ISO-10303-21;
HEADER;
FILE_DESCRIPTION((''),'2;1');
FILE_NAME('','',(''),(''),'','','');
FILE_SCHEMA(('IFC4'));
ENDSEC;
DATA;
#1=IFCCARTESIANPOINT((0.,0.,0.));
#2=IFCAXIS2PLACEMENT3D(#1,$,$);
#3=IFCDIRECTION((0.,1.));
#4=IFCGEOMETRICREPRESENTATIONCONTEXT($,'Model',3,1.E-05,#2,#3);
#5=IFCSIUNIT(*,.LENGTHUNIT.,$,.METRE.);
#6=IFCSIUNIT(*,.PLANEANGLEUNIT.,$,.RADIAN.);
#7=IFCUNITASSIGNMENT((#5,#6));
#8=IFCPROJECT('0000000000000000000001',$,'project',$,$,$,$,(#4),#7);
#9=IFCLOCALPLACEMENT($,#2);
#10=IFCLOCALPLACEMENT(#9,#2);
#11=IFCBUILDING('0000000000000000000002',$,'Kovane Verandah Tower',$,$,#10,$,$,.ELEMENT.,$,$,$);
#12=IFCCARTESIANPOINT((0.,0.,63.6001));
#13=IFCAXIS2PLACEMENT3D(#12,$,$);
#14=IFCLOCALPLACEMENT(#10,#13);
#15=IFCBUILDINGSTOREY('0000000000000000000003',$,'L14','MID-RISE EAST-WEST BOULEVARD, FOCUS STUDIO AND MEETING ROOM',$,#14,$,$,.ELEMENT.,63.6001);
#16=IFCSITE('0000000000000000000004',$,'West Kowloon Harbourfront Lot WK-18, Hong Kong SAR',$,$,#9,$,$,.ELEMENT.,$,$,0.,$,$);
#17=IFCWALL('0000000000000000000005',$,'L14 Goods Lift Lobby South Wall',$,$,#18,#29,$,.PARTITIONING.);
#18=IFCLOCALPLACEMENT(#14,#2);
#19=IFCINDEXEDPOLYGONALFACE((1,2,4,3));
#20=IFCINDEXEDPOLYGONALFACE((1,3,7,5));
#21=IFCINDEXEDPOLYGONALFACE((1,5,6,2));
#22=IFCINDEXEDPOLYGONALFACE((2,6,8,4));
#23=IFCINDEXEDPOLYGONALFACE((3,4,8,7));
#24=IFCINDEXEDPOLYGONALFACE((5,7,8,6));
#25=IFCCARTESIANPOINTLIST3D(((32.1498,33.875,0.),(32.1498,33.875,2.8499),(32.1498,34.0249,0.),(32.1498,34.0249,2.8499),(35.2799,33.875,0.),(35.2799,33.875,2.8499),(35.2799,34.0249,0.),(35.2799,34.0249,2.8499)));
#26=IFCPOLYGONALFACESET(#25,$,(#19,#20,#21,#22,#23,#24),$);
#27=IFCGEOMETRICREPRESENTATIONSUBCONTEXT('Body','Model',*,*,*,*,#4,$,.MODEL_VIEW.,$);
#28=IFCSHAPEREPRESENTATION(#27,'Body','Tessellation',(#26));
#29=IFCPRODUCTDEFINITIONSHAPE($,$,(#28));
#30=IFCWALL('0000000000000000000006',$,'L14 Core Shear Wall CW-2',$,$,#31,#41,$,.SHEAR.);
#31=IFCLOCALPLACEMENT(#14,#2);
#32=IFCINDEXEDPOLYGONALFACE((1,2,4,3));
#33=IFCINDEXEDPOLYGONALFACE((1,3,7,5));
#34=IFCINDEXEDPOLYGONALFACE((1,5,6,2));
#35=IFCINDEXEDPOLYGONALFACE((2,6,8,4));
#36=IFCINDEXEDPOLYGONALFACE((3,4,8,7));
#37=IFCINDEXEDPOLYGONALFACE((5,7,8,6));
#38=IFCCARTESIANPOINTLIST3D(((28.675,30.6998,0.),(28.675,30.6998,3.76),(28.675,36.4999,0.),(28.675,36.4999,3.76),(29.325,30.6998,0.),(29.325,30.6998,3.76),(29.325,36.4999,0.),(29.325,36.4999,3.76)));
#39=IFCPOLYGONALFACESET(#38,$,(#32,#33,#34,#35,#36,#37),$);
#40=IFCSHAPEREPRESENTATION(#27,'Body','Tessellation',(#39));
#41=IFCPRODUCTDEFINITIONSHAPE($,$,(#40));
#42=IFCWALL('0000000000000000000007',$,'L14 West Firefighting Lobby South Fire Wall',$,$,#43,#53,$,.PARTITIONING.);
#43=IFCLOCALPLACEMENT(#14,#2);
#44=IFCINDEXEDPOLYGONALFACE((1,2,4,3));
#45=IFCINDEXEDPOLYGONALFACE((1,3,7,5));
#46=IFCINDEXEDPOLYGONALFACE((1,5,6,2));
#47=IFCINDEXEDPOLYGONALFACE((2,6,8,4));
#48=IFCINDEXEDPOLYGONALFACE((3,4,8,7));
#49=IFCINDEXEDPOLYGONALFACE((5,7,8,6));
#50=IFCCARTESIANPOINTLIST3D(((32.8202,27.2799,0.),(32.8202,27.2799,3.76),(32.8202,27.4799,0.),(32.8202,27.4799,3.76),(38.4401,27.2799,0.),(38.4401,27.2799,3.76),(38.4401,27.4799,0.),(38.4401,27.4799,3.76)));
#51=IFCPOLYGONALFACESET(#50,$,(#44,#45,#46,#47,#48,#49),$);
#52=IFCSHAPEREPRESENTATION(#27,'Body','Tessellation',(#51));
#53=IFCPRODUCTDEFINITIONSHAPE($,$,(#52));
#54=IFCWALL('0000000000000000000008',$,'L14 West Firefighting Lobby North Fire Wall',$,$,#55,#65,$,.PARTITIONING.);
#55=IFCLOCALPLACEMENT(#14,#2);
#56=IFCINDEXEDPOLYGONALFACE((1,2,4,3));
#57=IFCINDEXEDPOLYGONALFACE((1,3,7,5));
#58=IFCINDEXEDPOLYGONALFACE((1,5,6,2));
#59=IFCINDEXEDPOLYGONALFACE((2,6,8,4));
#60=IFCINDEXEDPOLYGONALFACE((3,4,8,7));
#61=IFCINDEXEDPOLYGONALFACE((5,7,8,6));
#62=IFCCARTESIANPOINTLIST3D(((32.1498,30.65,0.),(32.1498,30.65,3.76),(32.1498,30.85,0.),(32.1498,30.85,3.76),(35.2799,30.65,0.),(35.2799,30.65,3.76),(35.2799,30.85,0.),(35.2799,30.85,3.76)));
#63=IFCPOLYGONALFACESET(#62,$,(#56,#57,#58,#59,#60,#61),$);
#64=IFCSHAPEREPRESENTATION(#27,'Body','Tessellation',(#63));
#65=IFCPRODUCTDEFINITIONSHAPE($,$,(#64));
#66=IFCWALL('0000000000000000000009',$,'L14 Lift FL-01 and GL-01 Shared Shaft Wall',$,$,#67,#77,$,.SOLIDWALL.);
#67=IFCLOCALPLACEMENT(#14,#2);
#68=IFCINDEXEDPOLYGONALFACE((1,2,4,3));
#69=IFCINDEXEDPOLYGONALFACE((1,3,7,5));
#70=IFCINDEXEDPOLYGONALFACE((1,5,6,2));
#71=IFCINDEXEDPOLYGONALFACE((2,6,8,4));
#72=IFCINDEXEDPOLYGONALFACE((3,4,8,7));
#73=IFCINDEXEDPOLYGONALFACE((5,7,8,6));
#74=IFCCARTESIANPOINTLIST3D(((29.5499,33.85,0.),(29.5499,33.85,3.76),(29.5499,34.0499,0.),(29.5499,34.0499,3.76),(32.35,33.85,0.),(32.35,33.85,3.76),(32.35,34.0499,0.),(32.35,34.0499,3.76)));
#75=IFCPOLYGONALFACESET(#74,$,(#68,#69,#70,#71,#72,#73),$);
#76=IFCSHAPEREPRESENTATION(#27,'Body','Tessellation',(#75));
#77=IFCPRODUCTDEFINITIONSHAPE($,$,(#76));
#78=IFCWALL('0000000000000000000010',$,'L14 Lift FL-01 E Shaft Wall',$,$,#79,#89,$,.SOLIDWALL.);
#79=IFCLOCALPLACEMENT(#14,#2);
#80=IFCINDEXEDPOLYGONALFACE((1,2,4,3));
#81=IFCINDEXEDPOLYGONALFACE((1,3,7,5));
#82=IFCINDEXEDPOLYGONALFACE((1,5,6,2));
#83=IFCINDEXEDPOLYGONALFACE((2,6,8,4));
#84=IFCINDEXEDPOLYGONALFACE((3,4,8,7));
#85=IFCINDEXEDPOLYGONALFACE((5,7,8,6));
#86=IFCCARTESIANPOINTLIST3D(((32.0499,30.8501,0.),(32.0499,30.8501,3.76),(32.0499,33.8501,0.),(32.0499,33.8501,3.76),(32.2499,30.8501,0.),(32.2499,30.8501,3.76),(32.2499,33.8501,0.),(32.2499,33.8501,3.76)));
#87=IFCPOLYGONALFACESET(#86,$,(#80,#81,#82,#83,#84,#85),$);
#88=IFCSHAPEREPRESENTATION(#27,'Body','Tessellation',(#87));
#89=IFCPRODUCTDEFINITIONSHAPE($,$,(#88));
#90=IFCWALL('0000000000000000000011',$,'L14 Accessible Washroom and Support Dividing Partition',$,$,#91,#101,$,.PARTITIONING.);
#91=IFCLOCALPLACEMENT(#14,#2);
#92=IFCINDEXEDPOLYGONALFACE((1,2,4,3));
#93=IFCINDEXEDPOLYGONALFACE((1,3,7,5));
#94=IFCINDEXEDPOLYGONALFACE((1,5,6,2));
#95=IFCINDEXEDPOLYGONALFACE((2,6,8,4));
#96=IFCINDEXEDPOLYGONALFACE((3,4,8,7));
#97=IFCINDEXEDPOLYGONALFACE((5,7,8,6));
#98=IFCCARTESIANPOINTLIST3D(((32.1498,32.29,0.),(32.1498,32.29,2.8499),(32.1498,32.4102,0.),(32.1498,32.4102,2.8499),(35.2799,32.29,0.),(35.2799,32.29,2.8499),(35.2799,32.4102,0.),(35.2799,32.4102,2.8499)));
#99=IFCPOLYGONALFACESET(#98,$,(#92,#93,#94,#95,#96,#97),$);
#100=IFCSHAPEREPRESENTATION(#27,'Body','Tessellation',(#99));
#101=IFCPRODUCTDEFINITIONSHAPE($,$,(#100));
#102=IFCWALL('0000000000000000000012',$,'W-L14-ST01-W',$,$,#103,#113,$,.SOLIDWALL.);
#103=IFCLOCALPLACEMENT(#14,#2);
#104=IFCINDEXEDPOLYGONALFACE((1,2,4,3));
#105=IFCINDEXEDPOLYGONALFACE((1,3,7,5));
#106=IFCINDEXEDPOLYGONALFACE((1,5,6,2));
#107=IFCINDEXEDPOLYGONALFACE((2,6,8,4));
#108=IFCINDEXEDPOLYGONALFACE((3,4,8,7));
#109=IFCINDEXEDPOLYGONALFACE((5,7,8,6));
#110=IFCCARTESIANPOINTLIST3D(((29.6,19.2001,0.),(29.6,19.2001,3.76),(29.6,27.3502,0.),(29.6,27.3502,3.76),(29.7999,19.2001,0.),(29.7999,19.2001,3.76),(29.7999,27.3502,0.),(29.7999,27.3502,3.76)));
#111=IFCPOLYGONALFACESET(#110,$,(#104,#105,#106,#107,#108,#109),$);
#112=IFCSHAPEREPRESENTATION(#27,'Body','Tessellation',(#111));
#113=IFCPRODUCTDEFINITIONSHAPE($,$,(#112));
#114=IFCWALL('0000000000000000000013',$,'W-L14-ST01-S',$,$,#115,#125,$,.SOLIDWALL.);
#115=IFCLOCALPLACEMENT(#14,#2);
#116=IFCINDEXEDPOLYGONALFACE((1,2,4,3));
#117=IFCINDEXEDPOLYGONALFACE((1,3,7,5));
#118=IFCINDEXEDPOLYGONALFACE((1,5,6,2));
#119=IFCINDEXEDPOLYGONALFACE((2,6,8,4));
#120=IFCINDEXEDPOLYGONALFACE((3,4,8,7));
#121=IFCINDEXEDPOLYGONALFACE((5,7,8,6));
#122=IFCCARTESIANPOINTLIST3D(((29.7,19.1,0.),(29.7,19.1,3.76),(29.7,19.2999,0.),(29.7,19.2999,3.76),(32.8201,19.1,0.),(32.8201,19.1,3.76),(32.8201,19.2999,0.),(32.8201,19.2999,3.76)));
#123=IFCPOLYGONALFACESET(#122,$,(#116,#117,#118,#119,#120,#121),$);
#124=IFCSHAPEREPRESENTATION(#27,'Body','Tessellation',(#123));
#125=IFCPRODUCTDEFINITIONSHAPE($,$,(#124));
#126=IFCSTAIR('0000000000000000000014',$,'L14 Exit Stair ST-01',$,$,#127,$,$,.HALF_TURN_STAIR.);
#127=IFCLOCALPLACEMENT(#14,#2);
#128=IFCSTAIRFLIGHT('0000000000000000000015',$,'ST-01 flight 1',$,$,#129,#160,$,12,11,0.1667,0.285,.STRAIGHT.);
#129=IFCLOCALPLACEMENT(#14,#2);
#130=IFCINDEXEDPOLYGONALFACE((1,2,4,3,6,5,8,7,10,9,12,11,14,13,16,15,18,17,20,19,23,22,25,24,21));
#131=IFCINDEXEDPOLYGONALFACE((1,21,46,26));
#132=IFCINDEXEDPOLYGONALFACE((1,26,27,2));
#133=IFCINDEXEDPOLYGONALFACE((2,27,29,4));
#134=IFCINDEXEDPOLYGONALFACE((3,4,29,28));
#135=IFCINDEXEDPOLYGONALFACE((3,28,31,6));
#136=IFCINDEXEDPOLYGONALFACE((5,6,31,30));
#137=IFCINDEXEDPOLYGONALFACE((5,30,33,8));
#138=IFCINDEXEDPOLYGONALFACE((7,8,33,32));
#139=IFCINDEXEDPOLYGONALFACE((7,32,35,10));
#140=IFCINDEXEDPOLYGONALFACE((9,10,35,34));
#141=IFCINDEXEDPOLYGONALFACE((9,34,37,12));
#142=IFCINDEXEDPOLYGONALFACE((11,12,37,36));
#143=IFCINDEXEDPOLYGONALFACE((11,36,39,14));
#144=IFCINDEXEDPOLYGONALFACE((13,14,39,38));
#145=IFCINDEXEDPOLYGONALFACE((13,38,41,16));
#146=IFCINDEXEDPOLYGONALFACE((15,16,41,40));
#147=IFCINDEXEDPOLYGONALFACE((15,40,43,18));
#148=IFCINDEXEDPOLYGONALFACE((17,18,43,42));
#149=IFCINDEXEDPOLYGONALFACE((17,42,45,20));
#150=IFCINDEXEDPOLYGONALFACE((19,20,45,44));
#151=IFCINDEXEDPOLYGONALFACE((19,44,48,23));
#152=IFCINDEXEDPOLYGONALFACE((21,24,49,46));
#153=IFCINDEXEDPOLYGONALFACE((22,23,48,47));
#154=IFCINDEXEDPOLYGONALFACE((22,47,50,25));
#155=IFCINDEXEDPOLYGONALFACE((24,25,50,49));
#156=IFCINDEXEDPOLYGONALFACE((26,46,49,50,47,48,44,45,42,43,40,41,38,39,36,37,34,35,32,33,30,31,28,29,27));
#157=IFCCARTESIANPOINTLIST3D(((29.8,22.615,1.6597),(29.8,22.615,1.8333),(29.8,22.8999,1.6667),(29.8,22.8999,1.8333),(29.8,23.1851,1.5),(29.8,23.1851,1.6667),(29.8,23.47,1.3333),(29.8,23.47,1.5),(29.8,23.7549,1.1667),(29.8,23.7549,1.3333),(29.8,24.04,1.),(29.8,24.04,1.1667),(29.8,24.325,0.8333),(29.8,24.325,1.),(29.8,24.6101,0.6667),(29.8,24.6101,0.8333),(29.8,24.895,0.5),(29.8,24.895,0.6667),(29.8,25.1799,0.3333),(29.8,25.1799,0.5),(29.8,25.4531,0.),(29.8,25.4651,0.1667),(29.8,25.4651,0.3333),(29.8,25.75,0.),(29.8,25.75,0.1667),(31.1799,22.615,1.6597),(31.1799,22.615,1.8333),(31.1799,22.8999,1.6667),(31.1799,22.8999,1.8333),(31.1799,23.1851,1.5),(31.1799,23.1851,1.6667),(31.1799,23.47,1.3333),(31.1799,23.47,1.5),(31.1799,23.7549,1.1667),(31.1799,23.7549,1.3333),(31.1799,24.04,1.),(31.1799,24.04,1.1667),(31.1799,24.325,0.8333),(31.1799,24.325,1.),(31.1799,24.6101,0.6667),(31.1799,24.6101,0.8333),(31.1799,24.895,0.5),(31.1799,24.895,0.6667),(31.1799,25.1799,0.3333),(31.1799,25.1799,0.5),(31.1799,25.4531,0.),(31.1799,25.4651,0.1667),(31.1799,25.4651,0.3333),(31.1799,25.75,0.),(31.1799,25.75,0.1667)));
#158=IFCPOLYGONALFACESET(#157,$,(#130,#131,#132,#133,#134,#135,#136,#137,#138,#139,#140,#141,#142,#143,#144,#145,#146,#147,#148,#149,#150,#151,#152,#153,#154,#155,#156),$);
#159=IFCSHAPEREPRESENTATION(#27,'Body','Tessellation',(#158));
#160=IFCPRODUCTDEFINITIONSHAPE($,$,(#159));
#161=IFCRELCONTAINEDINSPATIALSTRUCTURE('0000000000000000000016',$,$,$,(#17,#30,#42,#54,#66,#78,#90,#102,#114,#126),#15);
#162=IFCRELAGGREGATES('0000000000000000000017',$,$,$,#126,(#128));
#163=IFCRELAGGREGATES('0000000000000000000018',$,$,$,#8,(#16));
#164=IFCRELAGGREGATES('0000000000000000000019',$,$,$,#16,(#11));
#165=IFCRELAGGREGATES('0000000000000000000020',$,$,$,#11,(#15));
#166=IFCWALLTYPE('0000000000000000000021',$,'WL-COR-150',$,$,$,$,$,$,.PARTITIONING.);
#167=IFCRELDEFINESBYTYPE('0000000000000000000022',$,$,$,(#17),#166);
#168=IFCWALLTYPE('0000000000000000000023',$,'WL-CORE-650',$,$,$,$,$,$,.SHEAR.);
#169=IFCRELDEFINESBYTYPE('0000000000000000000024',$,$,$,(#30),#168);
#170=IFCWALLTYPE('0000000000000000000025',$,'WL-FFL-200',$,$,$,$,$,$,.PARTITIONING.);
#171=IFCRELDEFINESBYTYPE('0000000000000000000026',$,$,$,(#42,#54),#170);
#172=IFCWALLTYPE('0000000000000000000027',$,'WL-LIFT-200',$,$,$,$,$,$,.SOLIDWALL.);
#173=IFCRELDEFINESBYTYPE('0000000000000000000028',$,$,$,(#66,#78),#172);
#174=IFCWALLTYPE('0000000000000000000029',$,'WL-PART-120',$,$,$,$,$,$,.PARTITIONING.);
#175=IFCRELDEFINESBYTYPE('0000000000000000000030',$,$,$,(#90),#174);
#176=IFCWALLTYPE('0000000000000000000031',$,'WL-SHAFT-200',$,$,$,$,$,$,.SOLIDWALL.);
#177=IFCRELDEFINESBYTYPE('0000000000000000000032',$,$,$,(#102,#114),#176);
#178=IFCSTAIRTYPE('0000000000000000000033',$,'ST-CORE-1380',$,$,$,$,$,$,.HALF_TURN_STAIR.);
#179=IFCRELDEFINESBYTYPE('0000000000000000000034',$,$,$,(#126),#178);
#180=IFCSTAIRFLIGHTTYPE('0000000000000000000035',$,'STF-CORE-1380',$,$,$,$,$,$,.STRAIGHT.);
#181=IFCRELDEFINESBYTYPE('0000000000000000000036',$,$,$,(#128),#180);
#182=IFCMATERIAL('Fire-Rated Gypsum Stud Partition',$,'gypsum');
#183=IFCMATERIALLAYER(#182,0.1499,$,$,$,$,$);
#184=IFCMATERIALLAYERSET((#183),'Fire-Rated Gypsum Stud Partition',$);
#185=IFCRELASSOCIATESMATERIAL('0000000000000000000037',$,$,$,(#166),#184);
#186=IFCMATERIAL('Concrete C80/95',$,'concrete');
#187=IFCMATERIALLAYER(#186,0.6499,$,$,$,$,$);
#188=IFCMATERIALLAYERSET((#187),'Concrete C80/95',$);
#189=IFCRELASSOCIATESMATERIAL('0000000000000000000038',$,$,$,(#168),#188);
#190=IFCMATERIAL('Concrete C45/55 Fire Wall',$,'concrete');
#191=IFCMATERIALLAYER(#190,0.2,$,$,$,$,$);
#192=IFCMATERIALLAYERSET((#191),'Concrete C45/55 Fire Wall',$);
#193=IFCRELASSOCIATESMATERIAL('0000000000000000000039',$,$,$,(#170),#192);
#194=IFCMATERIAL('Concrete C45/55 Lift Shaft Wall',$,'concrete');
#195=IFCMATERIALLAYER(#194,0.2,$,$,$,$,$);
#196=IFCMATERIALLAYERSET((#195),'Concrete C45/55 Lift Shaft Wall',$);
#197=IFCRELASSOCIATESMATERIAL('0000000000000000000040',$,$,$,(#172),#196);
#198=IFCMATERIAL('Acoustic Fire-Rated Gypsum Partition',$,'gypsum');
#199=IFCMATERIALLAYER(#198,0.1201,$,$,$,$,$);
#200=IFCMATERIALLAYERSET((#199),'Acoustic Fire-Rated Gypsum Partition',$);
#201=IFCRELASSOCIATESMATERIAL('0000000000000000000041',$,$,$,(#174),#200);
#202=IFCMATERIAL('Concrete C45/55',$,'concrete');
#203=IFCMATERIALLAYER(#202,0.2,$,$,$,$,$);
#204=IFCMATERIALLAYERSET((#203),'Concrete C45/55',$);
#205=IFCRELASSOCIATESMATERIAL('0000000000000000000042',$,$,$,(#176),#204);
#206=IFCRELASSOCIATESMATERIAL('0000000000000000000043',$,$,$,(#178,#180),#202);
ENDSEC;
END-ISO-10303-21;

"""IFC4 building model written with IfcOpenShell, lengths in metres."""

from ifc_helpers import new_model, si_unit, direction, frame, frame_2d, origin, place, context, subcontext, project, spatial, polyline, rectangle, outline, extrude, material, layer, layer_set, type_object, element, aggregate, save


model = new_model("IFC4")

# Units and contexts
model_context = context("Model", 3, precision=1e-05, world=origin(), true_north=direction((0.0, 1.0)))
body_context = subcontext(model_context, "Body", "Model", "MODEL_VIEW")
ifc_project = project(units=[si_unit("LENGTHUNIT", "METRE"), si_unit("PLANEANGLEUNIT", "RADIAN")], contexts=[model_context])

# Site, building, storey
site_placement = place(None, origin())
site = spatial("IfcSite", under=ifc_project, at=site_placement, Name="West Kowloon Harbourfront Lot WK-18, Hong Kong SAR", CompositionType="ELEMENT", RefElevation=0.0)
building_placement = place(site_placement, origin())
building = spatial("IfcBuilding", under=site, at=building_placement, Name="Kovane Verandah Tower", CompositionType="ELEMENT")
storey_placement = place(building_placement, frame((0.0, 0.0, 63.6001)))
storey = spatial("IfcBuildingStorey", under=building, at=storey_placement, Name="L14", Description="MID-RISE EAST-WEST BOULEVARD, FOCUS STUDIO AND MEETING ROOM", CompositionType="ELEMENT", Elevation=63.6001)

# Walls
ifc_material_1 = material(Name="Fire-Rated Gypsum Stud Partition", Category="gypsum")
ifc_layer_1 = layer(ifc_material_1, 0.1499)
ifc_layer_set_1 = layer_set([ifc_layer_1], Name="Fire-Rated Gypsum Stud Partition")
wall_type_1 = type_object("IfcWallType", Name="WL-COR-150", PredefinedType="PARTITIONING", material=ifc_layer_set_1)
wall_1_placement = place(storey_placement, frame((32.1499, 33.95, 0.0), z_axis=(0.0, 0.0, 1.0), x_axis=(1.0, 0.0, 0.0)))
element("IfcWall", 1, at=wall_1_placement, inside=storey, type_object=wall_type_1, Name="L14 Goods Lift Lobby South Wall", PredefinedType="PARTITIONING", context=body_context, shape_type="SweptSolid", body=[
    extrude(rectangle(XDim=3.1301, YDim=0.1499, at=frame_2d((1.5649, 0.0))), origin(), (0.0, 0.0, 1.0), 2.8499),
])
ifc_material_2 = material(Name="Concrete C80/95", Category="concrete")
ifc_layer_2 = layer(ifc_material_2, 0.6499)
ifc_layer_set_2 = layer_set([ifc_layer_2], Name="Concrete C80/95")
wall_type_2 = type_object("IfcWallType", Name="WL-CORE-650", PredefinedType="SHEAR", material=ifc_layer_set_2)
wall_2_placement = place(storey_placement, frame((29.0, 30.7, 0.0), z_axis=(0.0, 0.0, 1.0), x_axis=(0.0, 1.0, 0.0)))
element("IfcWall", 2, at=wall_2_placement, inside=storey, type_object=wall_type_2, Name="L14 Core Shear Wall CW-2", PredefinedType="SHEAR", context=body_context, shape_type="SweptSolid", body=[
    extrude(rectangle(XDim=5.8, YDim=0.6499, at=frame_2d((2.8999, 0.0))), origin(), (0.0, 0.0, 1.0), 3.76),
])
ifc_material_3 = material(Name="Concrete C45/55 Fire Wall", Category="concrete")
ifc_layer_3 = layer(ifc_material_3, 0.2)
ifc_layer_set_3 = layer_set([ifc_layer_3], Name="Concrete C45/55 Fire Wall")
wall_type_3 = type_object("IfcWallType", Name="WL-FFL-200", PredefinedType="PARTITIONING", material=ifc_layer_set_3)
wall_3_placement = place(storey_placement, frame((32.8201, 27.3799, 0.0), z_axis=(0.0, 0.0, 1.0), x_axis=(1.0, 0.0, 0.0)))
element("IfcWall", 3, at=wall_3_placement, inside=storey, type_object=wall_type_3, Name="L14 West Firefighting Lobby South Fire Wall", PredefinedType="PARTITIONING", context=body_context, shape_type="SweptSolid", body=[
    extrude(rectangle(XDim=5.6199, YDim=0.2, at=frame_2d((2.8101, 0.0))), origin(), (0.0, 0.0, 1.0), 3.76),
])
wall_4_placement = place(storey_placement, frame((32.1499, 30.75, 0.0), z_axis=(0.0, 0.0, 1.0), x_axis=(1.0, 0.0, 0.0)))
element("IfcWall", 4, at=wall_4_placement, inside=storey, type_object=wall_type_3, Name="L14 West Firefighting Lobby North Fire Wall", PredefinedType="PARTITIONING", context=body_context, shape_type="SweptSolid", body=[
    extrude(rectangle(XDim=3.1301, YDim=0.2, at=frame_2d((1.5649, 0.0))), origin(), (0.0, 0.0, 1.0), 3.76),
])

# Shared definitions
ifc_material_4 = material(Name="Concrete C45/55 Lift Shaft Wall", Category="concrete")
ifc_layer_4 = layer(ifc_material_4, 0.2)
ifc_layer_set_4 = layer_set([ifc_layer_4], Name="Concrete C45/55 Lift Shaft Wall")
wall_type_4 = type_object("IfcWallType", Name="WL-LIFT-200", PredefinedType="SOLIDWALL", material=ifc_layer_set_4)

# Walls
wall_5_placement = place(storey_placement, frame((29.55, 33.95, 0.0), z_axis=(0.0, 0.0, 1.0), x_axis=(1.0, 0.0, 0.0)))
element("IfcWall", 5, at=wall_5_placement, inside=storey, type_object=wall_type_4, Name="L14 Lift FL-01 and GL-01 Shared Shaft Wall", PredefinedType="SOLIDWALL", context=body_context, shape_type="SweptSolid", body=[
    extrude(rectangle(XDim=2.8, YDim=0.2, at=frame_2d((1.3999, 0.0))), origin(), (0.0, 0.0, 1.0), 3.76),
])
wall_6_placement = place(storey_placement, frame((32.1499, 30.8501, 0.0), z_axis=(0.0, 0.0, 1.0), x_axis=(0.0, 1.0, 0.0)))
element("IfcWall", 6, at=wall_6_placement, inside=storey, type_object=wall_type_4, Name="L14 Lift FL-01 E Shaft Wall", PredefinedType="SOLIDWALL", context=body_context, shape_type="SweptSolid", body=[
    extrude(rectangle(XDim=3.0, YDim=0.2, at=frame_2d((1.5, 0.0))), origin(), (0.0, 0.0, 1.0), 3.76),
])

# Walls
ifc_material_5 = material(Name="Acoustic Fire-Rated Gypsum Partition", Category="gypsum")
ifc_layer_5 = layer(ifc_material_5, 0.1201)
ifc_layer_set_5 = layer_set([ifc_layer_5], Name="Acoustic Fire-Rated Gypsum Partition")
wall_type_5 = type_object("IfcWallType", Name="WL-PART-120", PredefinedType="PARTITIONING", material=ifc_layer_set_5)
wall_7_placement = place(storey_placement, frame((32.1499, 32.3501, 0.0), z_axis=(0.0, 0.0, 1.0), x_axis=(1.0, 0.0, 0.0)))
element("IfcWall", 7, at=wall_7_placement, inside=storey, type_object=wall_type_5, Name="L14 Accessible Washroom and Support Dividing Partition", PredefinedType="PARTITIONING", context=body_context, shape_type="SweptSolid", body=[
    extrude(rectangle(XDim=3.1301, YDim=0.1201, at=frame_2d((1.5649, 0.0))), origin(), (0.0, 0.0, 1.0), 2.8499),
])
ifc_material_6 = material(Name="Concrete C45/55", Category="concrete")
ifc_layer_6 = layer(ifc_material_6, 0.2)
ifc_layer_set_6 = layer_set([ifc_layer_6], Name="Concrete C45/55")
wall_type_6 = type_object("IfcWallType", Name="WL-SHAFT-200", PredefinedType="SOLIDWALL", material=ifc_layer_set_6)
wall_8_placement = place(storey_placement, frame((29.7, 19.2, 0.0), z_axis=(0.0, 0.0, 1.0), x_axis=(0.0, 1.0, 0.0)))
element("IfcWall", 8, at=wall_8_placement, inside=storey, type_object=wall_type_6, Name="W-L14-ST01-W", PredefinedType="SOLIDWALL", context=body_context, shape_type="SweptSolid", body=[
    extrude(rectangle(XDim=8.1501, YDim=0.2, at=frame_2d((4.0752, 0.0))), origin(), (0.0, 0.0, 1.0), 3.76),
])
wall_9_placement = place(storey_placement, frame((29.7, 19.2, 0.0), z_axis=(0.0, 0.0, 1.0), x_axis=(1.0, 0.0, 0.0)))
element("IfcWall", 9, at=wall_9_placement, inside=storey, type_object=wall_type_6, Name="W-L14-ST01-S", PredefinedType="SOLIDWALL", context=body_context, shape_type="SweptSolid", body=[
    extrude(rectangle(XDim=3.1201, YDim=0.2, at=frame_2d((1.5601, 0.0))), origin(), (0.0, 0.0, 1.0), 3.76),
])

# Stair, stair flight
stair_type = type_object("IfcStairType", Name="ST-CORE-1380", PredefinedType="HALF_TURN_STAIR", material=ifc_material_6)
stair_placement = place(storey_placement, origin())
stair = element("IfcStair", 10, at=stair_placement, inside=storey, type_object=stair_type, Name="L14 Exit Stair ST-01", PredefinedType="HALF_TURN_STAIR")
stair_flight_type = type_object("IfcStairFlightType", Name="STF-CORE-1380", PredefinedType="STRAIGHT", material=ifc_material_6)
stair_flight_1_placement = place(storey_placement, frame((30.49, 25.75, 0.0), z_axis=(0.0, 0.0, 1.0), x_axis=(0.0, -1.0, 0.0)))
stair_flight_1 = element("IfcStairFlight", 11, at=stair_flight_1_placement, type_object=stair_flight_type, Name="ST-01 flight 1", NumberOfRisers=12, NumberOfTreads=11, PredefinedType="STRAIGHT", RiserHeight=0.1667, TreadLength=0.285, context=body_context, shape_type="SweptSolid", body=[
    extrude(outline(polyline([(0.0, 0.0), (0.0, 0.1667), (0.2849, 0.1667), (0.2849, 0.3333), (0.5701, 0.3333), (0.5701, 0.5), (0.855, 0.5), (0.855, 0.6667), (1.1399, 0.6667), (1.1399, 0.8333), (1.425, 0.8333), (1.425, 1.0), (1.71, 1.0), (1.71, 1.1667), (1.9951, 1.1667), (1.9951, 1.3333), (2.28, 1.3333), (2.28, 1.5), (2.5649, 1.5), (2.5649, 1.6667), (2.8501, 1.6667), (2.8501, 1.8333), (3.135, 1.8333), (3.135, 2.0), (3.135, 1.6597), (0.2969, 0.0), (0.0, 0.0)])), frame((0.0, 0.6899, 0.0), z_axis=(0.0, -1.0, 0.0), x_axis=(1.0, 0.0, 0.0)), (0.0, 0.0, 1.0), 1.3799),
])
aggregate(stair, [stair_flight_1])

save(model, "model.ifc")
